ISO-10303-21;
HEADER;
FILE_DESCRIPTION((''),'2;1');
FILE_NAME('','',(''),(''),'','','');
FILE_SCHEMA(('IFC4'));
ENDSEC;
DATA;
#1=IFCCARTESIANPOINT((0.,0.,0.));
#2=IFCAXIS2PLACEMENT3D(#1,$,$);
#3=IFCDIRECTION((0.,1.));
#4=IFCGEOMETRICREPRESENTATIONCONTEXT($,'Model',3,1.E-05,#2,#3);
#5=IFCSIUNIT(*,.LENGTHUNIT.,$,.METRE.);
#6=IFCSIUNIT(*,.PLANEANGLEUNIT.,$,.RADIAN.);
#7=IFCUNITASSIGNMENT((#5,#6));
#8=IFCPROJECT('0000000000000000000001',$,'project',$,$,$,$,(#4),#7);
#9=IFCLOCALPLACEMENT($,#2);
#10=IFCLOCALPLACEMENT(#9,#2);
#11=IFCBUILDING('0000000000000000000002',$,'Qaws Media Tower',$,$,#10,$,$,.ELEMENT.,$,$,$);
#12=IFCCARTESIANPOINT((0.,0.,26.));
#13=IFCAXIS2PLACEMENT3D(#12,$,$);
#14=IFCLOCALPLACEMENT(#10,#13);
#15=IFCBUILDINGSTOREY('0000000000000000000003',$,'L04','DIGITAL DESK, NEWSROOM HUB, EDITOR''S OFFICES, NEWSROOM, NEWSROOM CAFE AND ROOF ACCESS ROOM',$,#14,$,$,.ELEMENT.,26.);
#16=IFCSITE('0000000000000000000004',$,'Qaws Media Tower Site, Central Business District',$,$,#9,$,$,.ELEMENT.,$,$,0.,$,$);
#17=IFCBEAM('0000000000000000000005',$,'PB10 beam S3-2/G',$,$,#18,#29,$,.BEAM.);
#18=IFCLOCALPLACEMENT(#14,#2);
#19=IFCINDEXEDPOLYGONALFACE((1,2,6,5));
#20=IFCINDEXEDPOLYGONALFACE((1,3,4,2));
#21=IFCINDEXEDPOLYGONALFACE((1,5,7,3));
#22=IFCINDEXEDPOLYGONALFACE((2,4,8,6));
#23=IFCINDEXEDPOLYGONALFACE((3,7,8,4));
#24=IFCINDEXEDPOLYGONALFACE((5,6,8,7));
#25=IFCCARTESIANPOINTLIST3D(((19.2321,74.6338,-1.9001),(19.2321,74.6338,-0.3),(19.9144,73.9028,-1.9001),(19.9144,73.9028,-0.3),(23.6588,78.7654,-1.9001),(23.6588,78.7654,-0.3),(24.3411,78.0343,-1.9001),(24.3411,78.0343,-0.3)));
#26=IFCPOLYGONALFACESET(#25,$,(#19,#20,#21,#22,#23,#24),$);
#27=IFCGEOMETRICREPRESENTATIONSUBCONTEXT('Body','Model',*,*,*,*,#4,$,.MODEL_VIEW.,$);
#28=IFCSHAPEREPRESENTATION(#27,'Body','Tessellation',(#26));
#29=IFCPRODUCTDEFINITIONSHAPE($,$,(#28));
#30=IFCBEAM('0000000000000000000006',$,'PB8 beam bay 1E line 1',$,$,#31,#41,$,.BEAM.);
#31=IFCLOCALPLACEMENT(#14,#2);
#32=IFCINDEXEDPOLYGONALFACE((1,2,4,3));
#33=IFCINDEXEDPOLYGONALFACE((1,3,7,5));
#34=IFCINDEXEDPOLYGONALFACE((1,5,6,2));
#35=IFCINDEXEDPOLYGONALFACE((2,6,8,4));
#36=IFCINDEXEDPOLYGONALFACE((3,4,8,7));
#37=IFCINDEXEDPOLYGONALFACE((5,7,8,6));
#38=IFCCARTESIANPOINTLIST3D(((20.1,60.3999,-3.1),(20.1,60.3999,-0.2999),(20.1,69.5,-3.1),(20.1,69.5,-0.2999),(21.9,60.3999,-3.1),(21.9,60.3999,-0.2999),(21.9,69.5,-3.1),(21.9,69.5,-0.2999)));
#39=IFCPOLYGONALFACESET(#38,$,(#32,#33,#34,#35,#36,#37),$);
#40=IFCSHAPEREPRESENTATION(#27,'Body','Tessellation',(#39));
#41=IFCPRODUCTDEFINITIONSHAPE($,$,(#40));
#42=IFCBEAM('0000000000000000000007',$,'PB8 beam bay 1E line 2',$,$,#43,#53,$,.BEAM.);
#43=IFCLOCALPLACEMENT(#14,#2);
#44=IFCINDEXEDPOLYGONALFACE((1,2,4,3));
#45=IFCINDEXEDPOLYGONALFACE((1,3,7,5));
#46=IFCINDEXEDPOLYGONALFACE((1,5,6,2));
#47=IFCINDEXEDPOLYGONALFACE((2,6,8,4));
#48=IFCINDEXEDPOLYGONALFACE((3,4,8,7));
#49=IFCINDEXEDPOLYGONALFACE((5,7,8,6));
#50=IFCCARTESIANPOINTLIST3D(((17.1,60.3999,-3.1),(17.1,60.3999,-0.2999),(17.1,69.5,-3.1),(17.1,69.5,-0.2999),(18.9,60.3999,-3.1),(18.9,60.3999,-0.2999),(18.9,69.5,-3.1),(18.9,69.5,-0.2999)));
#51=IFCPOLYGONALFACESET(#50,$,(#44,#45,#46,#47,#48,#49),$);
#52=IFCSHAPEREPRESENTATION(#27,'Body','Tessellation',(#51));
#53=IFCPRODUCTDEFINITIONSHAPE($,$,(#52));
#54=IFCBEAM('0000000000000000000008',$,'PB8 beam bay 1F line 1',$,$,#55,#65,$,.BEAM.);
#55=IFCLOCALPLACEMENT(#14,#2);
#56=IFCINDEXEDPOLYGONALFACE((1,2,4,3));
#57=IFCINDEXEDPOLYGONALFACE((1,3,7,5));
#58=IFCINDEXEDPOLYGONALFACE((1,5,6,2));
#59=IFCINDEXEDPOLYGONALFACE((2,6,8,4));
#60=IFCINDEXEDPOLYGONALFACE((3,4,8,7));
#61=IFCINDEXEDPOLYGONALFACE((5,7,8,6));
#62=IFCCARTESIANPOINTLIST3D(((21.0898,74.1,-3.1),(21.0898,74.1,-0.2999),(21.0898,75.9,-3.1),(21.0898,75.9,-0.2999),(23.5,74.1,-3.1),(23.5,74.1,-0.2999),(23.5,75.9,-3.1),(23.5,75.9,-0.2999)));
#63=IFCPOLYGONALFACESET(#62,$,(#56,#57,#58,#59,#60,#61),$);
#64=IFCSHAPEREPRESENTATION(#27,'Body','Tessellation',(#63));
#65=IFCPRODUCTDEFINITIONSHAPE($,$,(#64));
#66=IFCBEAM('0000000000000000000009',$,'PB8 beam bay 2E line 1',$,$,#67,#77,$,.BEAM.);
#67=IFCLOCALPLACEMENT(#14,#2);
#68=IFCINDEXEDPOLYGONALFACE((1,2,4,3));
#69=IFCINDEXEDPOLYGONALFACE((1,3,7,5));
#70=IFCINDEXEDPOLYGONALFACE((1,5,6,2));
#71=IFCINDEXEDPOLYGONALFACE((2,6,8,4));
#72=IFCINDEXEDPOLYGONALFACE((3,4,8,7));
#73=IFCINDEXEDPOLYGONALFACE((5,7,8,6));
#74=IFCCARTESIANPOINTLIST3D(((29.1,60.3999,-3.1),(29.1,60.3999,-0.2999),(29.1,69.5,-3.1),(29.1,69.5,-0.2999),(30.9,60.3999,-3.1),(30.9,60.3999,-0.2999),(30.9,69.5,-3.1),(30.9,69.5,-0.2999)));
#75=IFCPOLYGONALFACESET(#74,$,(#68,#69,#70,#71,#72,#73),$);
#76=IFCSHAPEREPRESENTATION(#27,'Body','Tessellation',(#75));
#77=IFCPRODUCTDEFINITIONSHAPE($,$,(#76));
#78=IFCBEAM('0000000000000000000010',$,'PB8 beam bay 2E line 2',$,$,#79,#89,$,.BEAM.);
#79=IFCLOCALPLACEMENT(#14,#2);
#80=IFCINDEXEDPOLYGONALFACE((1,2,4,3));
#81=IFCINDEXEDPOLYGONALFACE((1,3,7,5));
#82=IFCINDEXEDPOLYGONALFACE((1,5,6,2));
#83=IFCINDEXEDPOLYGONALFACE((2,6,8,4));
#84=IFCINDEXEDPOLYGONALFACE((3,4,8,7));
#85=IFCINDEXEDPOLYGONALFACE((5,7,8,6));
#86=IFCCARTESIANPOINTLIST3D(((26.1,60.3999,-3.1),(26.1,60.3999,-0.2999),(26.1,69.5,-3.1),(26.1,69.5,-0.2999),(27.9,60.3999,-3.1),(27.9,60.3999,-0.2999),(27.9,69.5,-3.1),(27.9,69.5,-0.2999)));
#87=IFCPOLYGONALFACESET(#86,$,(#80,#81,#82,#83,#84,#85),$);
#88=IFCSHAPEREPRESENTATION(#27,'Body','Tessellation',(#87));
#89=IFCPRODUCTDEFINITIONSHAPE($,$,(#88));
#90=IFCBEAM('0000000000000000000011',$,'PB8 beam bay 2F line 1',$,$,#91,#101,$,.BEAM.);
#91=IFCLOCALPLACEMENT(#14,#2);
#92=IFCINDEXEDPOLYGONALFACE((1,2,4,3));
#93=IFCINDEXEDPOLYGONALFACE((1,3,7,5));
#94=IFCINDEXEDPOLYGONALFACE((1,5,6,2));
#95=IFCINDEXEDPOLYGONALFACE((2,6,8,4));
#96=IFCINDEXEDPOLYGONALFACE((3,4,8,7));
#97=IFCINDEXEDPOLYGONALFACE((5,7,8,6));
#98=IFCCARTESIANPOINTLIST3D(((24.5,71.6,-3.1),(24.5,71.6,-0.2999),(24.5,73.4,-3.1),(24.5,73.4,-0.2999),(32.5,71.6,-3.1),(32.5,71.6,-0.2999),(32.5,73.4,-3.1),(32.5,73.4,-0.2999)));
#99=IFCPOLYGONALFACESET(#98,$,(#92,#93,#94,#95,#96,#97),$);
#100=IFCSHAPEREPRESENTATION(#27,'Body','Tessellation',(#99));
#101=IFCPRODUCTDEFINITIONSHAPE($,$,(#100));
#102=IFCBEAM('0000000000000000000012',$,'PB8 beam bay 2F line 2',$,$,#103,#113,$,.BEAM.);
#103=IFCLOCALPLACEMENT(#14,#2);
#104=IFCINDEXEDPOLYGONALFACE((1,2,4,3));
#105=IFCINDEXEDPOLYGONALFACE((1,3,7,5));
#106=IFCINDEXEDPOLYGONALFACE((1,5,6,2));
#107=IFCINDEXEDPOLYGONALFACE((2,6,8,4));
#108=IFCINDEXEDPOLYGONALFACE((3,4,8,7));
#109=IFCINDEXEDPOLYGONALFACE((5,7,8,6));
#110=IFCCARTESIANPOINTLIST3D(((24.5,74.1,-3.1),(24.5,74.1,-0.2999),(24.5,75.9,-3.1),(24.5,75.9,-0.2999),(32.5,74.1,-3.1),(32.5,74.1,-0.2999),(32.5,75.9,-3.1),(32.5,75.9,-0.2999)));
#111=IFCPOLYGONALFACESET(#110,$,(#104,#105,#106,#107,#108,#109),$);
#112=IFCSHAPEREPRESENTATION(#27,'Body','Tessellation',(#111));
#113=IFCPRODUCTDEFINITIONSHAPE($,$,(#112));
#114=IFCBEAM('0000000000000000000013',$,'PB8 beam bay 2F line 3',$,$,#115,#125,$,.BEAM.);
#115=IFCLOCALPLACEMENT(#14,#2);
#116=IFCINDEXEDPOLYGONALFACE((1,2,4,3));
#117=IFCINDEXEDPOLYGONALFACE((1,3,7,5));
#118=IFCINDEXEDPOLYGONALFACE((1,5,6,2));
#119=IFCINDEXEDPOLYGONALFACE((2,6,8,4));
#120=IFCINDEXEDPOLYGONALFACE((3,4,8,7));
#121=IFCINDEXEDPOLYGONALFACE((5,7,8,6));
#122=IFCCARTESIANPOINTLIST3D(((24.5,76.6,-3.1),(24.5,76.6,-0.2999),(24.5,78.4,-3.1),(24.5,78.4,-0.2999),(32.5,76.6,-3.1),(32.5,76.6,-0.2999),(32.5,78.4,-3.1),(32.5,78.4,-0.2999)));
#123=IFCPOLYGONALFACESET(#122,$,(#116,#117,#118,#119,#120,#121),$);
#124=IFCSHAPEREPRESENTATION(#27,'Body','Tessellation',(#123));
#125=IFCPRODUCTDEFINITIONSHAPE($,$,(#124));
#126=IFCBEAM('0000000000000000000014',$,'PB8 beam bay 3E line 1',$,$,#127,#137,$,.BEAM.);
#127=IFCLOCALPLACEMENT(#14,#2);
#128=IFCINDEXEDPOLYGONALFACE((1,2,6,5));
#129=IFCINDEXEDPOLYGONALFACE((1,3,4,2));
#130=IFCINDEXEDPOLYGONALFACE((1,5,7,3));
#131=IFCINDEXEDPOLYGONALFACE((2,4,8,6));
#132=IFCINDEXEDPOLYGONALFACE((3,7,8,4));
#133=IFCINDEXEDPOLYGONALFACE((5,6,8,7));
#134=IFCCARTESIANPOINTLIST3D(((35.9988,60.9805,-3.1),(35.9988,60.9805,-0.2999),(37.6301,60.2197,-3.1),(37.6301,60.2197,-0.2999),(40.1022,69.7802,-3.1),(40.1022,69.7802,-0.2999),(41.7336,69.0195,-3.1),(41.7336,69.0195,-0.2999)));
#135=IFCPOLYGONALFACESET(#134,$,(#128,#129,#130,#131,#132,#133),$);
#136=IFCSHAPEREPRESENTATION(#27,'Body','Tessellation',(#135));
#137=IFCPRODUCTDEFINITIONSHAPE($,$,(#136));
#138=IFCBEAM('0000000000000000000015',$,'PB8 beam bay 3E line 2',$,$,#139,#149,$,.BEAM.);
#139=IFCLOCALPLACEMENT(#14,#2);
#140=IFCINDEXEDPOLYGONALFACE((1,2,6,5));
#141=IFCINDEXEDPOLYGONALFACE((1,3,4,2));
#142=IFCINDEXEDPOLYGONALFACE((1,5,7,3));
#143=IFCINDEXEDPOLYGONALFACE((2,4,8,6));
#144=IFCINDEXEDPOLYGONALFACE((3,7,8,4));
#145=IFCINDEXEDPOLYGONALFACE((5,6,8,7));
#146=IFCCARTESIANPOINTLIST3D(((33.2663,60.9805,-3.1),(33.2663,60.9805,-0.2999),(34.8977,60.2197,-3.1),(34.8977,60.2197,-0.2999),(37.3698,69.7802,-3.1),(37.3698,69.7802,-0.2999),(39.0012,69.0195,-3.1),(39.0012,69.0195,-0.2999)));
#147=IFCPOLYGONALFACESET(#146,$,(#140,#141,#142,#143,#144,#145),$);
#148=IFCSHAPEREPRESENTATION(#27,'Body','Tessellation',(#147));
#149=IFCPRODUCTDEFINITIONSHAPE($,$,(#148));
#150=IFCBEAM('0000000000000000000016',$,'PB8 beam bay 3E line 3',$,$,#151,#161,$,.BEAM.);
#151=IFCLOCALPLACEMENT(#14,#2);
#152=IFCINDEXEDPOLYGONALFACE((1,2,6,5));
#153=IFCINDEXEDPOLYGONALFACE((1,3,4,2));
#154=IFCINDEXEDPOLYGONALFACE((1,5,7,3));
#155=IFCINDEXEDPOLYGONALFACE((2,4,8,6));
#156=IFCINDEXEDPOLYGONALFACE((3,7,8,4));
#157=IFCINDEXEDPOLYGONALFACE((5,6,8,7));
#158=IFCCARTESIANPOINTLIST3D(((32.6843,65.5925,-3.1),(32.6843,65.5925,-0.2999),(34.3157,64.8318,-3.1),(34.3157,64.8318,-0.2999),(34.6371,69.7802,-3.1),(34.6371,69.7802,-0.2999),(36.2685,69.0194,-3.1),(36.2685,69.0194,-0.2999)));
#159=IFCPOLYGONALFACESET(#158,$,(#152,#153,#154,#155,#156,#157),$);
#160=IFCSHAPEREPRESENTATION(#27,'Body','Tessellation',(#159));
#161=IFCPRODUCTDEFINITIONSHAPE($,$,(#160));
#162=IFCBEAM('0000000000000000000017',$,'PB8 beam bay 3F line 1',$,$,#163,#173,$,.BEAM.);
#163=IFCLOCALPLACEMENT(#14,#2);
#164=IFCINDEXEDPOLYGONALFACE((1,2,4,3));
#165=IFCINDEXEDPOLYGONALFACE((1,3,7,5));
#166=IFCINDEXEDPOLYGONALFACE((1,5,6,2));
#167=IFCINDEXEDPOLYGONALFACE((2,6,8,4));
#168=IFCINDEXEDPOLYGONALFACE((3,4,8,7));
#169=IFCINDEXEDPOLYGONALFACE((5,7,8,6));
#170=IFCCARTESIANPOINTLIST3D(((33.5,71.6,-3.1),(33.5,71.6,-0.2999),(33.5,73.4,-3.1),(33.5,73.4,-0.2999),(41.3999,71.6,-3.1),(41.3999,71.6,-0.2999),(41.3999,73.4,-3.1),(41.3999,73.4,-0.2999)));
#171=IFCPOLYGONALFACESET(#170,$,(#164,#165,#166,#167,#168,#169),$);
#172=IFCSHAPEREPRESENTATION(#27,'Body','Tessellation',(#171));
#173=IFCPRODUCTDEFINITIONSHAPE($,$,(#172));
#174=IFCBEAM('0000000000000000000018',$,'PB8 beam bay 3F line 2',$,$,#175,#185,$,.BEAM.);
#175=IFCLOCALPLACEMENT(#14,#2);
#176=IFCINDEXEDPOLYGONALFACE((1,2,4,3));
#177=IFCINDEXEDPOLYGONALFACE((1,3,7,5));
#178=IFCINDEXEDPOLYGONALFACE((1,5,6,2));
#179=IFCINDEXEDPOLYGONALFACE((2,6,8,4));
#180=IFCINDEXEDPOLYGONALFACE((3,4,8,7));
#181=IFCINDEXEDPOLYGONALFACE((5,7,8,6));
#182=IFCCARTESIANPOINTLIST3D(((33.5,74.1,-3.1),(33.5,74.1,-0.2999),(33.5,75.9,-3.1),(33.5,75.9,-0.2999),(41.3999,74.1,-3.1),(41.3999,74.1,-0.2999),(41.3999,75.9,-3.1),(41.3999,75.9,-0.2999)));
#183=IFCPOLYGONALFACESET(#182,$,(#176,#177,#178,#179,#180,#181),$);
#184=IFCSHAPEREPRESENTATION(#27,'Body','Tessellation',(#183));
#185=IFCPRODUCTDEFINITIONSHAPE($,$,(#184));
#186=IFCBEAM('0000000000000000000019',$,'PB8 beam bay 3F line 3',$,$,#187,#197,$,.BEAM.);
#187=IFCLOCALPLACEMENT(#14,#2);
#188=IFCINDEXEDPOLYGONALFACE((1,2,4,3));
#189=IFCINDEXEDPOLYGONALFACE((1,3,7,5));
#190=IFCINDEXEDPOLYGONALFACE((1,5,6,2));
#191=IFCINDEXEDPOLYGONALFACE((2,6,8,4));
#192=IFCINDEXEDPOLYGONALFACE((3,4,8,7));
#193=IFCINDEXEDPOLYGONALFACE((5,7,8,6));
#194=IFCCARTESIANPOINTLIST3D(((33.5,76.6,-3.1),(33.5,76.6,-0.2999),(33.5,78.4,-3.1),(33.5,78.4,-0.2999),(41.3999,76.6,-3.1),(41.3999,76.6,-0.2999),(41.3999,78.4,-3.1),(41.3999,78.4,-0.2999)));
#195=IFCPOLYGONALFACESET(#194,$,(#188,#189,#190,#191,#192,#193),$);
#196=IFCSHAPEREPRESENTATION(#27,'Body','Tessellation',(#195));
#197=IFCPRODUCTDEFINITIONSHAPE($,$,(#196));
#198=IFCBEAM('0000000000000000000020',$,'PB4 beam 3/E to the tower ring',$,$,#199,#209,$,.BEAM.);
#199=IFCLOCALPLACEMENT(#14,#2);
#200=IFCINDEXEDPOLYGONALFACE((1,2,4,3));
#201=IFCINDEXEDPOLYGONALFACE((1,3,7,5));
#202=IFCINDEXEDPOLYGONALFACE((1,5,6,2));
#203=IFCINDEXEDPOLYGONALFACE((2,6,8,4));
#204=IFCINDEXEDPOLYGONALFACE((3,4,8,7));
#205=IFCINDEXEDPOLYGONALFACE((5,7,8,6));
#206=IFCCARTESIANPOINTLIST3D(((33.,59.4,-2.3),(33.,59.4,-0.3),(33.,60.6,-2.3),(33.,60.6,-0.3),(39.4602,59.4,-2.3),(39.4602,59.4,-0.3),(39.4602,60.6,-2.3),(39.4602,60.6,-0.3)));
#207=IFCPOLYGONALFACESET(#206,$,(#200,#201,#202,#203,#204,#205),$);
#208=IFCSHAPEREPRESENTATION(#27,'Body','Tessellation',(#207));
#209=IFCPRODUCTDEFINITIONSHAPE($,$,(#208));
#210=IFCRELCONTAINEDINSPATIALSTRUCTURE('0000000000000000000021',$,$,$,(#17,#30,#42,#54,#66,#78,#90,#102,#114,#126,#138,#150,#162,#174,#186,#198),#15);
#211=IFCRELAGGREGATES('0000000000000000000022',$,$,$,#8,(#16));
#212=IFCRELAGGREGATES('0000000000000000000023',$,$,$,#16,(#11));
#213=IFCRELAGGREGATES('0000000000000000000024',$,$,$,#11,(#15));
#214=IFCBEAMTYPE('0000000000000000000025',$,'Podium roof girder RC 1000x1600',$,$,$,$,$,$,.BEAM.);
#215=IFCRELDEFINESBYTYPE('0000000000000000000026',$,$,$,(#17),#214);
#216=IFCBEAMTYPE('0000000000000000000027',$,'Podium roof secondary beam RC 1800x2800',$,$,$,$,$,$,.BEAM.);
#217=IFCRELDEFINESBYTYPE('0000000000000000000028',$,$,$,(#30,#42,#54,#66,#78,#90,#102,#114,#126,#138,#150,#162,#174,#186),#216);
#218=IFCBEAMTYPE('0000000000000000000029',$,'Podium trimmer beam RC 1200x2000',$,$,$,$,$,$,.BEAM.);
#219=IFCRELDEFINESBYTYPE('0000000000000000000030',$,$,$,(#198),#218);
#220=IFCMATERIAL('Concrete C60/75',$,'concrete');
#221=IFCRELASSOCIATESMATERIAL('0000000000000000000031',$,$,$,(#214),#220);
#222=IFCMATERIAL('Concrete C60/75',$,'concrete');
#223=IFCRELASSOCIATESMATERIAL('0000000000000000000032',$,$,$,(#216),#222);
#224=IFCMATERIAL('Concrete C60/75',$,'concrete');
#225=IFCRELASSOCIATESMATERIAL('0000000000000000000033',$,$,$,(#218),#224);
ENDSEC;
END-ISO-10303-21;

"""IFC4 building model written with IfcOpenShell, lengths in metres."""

from ifc_helpers import new_model, si_unit, direction, frame, origin, origin_2d, place, context, subcontext, project, spatial, rectangle, extrude, material, material_profile, profile_set, type_object, element, save


model = new_model("IFC4")

# Units and contexts
model_context = context("Model", 3, precision=1e-05, world=origin(), true_north=direction((0.0, 1.0)))
body_context = subcontext(model_context, "Body", "Model", "MODEL_VIEW")
ifc_project = project(units=[si_unit("LENGTHUNIT", "METRE"), si_unit("PLANEANGLEUNIT", "RADIAN")], contexts=[model_context])

# Site, building, storey
site_placement = place(None, origin())
site = spatial("IfcSite", under=ifc_project, at=site_placement, Name="Qaws Media Tower Site, Central Business District", CompositionType="ELEMENT", RefElevation=0.0)
building_placement = place(site_placement, origin())
building = spatial("IfcBuilding", under=site, at=building_placement, Name="Qaws Media Tower", CompositionType="ELEMENT")
storey_placement = place(building_placement, frame((0.0, 0.0, 26.0)))
storey = spatial("IfcBuildingStorey", under=building, at=storey_placement, Name="L04", Description="DIGITAL DESK, NEWSROOM HUB, EDITOR'S OFFICES, NEWSROOM, NEWSROOM CAFE AND ROOF ACCESS ROOM", CompositionType="ELEMENT", Elevation=26.0)

# Beams
ifc_material_1 = material(Name="Concrete C60/75", Category="concrete")
ifc_material_profile_1 = material_profile(ifc_material_1, rectangle(XDim=1.0, YDim=1.6001, at=origin_2d()), Name="RC 1000x1600")
ifc_profile_set_1 = profile_set([ifc_material_profile_1], Name="Concrete C60/75")
beam_type_1 = type_object("IfcBeamType", Name="Podium roof girder RC 1000x1600", PredefinedType="BEAM", material=ifc_profile_set_1)
beam_1_placement = place(storey_placement, frame((19.5732, 74.2683, -1.1001), z_axis=(0.731059, 0.682314, 0.0), x_axis=(-0.682314, 0.731059, 0.0)))
element("IfcBeam", 1, at=beam_1_placement, inside=storey, type_object=beam_type_1, Name="PB10 beam S3-2/G", PredefinedType="BEAM", context=body_context, shape_type="SweptSolid", body=[
    extrude(rectangle(XDim=1.0, YDim=1.6001, at=origin_2d()), origin(), (0.0, 0.0, 1.0), 6.0552),
])
ifc_material_2 = material(Name="Concrete C60/75", Category="concrete")
ifc_material_profile_2 = material_profile(ifc_material_2, rectangle(XDim=1.8, YDim=2.8, at=origin_2d()), Name="RC 1800x2800")
ifc_profile_set_2 = profile_set([ifc_material_profile_2], Name="Concrete C60/75")
beam_type_2 = type_object("IfcBeamType", Name="Podium roof secondary beam RC 1800x2800", PredefinedType="BEAM", material=ifc_profile_set_2)
for number, where, z_axis, x_axis, name in (
    (2, (21.0, 60.3999, -1.7), (0.0, 1.0, 0.0), (-1.0, 0.0, 0.0), "PB8 beam bay 1E line 1"),
    (3, (18.0, 60.3999, -1.7), (0.0, 1.0, 0.0), (-1.0, 0.0, 0.0), "PB8 beam bay 1E line 2"),
):
    element("IfcBeam", number, at=place(storey_placement, frame(where, z_axis=z_axis, x_axis=x_axis)), inside=storey, type_object=beam_type_2, Name=name, PredefinedType="BEAM", context=body_context, shape_type="SweptSolid", body=[
        extrude(rectangle(XDim=1.8, YDim=2.8, at=origin_2d()), origin(), (0.0, 0.0, 1.0), 9.1001),
    ])
beam_2_placement = place(storey_placement, frame((21.0898, 75.0, -1.7), z_axis=(1.0, 0.0, 0.0), x_axis=(0.0, 1.0, 0.0)))
element("IfcBeam", 4, at=beam_2_placement, inside=storey, type_object=beam_type_2, Name="PB8 beam bay 1F line 1", PredefinedType="BEAM", context=body_context, shape_type="SweptSolid", body=[
    extrude(rectangle(XDim=1.8, YDim=2.8, at=origin_2d()), origin(), (0.0, 0.0, 1.0), 2.4102),
])
for number, where, z_axis, x_axis, name in (
    (5, (30.0, 60.3999, -1.7), (0.0, 1.0, 0.0), (-1.0, 0.0, 0.0), "PB8 beam bay 2E line 1"),
    (6, (27.0, 60.3999, -1.7), (0.0, 1.0, 0.0), (-1.0, 0.0, 0.0), "PB8 beam bay 2E line 2"),
):
    element("IfcBeam", number, at=place(storey_placement, frame(where, z_axis=z_axis, x_axis=x_axis)), inside=storey, type_object=beam_type_2, Name=name, PredefinedType="BEAM", context=body_context, shape_type="SweptSolid", body=[
        extrude(rectangle(XDim=1.8, YDim=2.8, at=origin_2d()), origin(), (0.0, 0.0, 1.0), 9.1001),
    ])
for number, where, z_axis, x_axis, name in (
    (7, (24.5, 72.5, -1.7), (1.0, 0.0, 0.0), (0.0, 1.0, 0.0), "PB8 beam bay 2F line 1"),
    (8, (24.5, 75.0, -1.7), (1.0, 0.0, 0.0), (0.0, 1.0, 0.0), "PB8 beam bay 2F line 2"),
    (9, (24.5, 77.5, -1.7), (1.0, 0.0, 0.0), (0.0, 1.0, 0.0), "PB8 beam bay 2F line 3"),
):
    element("IfcBeam", number, at=place(storey_placement, frame(where, z_axis=z_axis, x_axis=x_axis)), inside=storey, type_object=beam_type_2, Name=name, PredefinedType="BEAM", context=body_context, shape_type="SweptSolid", body=[
        extrude(rectangle(XDim=1.8, YDim=2.8, at=origin_2d()), origin(), (0.0, 0.0, 1.0), 8.0),
    ])
for number, where, z_axis, x_axis, name in (
    (10, (36.8145, 60.6001, -1.7), (0.422627, 0.906304, 0.0), (-0.906304, 0.422627, 0.0), "PB8 beam bay 3E line 1"),
    (11, (34.082, 60.6001, -1.7), (0.422627, 0.906304, 0.0), (-0.906304, 0.422627, 0.0), "PB8 beam bay 3E line 2"),
):
    element("IfcBeam", number, at=place(storey_placement, frame(where, z_axis=z_axis, x_axis=x_axis)), inside=storey, type_object=beam_type_2, Name=name, PredefinedType="BEAM", context=body_context, shape_type="SweptSolid", body=[
        extrude(rectangle(XDim=1.8, YDim=2.8, at=origin_2d()), origin(), (0.0, 0.0, 1.0), 9.7095),
    ])
beam_3_placement = place(storey_placement, frame((33.5, 65.2122, -1.7), z_axis=(0.422637, 0.906299, 0.0), x_axis=(-0.906299, 0.422637, 0.0)))
element("IfcBeam", 12, at=beam_3_placement, inside=storey, type_object=beam_type_2, Name="PB8 beam bay 3E line 3", PredefinedType="BEAM", context=body_context, shape_type="SweptSolid", body=[
    extrude(rectangle(XDim=1.8, YDim=2.8, at=origin_2d()), origin(), (0.0, 0.0, 1.0), 4.6206),
])
for number, where, z_axis, x_axis, name in (
    (13, (33.5, 72.5, -1.7), (1.0, 0.0, 0.0), (0.0, 1.0, 0.0), "PB8 beam bay 3F line 1"),
    (14, (33.5, 75.0, -1.7), (1.0, 0.0, 0.0), (0.0, 1.0, 0.0), "PB8 beam bay 3F line 2"),
    (15, (33.5, 77.5, -1.7), (1.0, 0.0, 0.0), (0.0, 1.0, 0.0), "PB8 beam bay 3F line 3"),
):
    element("IfcBeam", number, at=place(storey_placement, frame(where, z_axis=z_axis, x_axis=x_axis)), inside=storey, type_object=beam_type_2, Name=name, PredefinedType="BEAM", context=body_context, shape_type="SweptSolid", body=[
        extrude(rectangle(XDim=1.8, YDim=2.8, at=origin_2d()), origin(), (0.0, 0.0, 1.0), 7.8999),
    ])
ifc_material_3 = material(Name="Concrete C60/75", Category="concrete")
ifc_material_profile_3 = material_profile(ifc_material_3, rectangle(XDim=1.2, YDim=2.0, at=origin_2d()), Name="RC 1200x2000")
ifc_profile_set_3 = profile_set([ifc_material_profile_3], Name="Concrete C60/75")
beam_type_3 = type_object("IfcBeamType", Name="Podium trimmer beam RC 1200x2000", PredefinedType="BEAM", material=ifc_profile_set_3)
beam_4_placement = place(storey_placement, frame((33.0, 60.0, -1.3), z_axis=(1.0, 0.0, 0.0), x_axis=(0.0, 1.0, 0.0)))
element("IfcBeam", 16, at=beam_4_placement, inside=storey, type_object=beam_type_3, Name="PB4 beam 3/E to the tower ring", PredefinedType="BEAM", context=body_context, shape_type="SweptSolid", body=[
    extrude(rectangle(XDim=1.2, YDim=2.0, at=origin_2d()), origin(), (0.0, 0.0, 1.0), 6.4602),
])

save(model, "model.ifc")
